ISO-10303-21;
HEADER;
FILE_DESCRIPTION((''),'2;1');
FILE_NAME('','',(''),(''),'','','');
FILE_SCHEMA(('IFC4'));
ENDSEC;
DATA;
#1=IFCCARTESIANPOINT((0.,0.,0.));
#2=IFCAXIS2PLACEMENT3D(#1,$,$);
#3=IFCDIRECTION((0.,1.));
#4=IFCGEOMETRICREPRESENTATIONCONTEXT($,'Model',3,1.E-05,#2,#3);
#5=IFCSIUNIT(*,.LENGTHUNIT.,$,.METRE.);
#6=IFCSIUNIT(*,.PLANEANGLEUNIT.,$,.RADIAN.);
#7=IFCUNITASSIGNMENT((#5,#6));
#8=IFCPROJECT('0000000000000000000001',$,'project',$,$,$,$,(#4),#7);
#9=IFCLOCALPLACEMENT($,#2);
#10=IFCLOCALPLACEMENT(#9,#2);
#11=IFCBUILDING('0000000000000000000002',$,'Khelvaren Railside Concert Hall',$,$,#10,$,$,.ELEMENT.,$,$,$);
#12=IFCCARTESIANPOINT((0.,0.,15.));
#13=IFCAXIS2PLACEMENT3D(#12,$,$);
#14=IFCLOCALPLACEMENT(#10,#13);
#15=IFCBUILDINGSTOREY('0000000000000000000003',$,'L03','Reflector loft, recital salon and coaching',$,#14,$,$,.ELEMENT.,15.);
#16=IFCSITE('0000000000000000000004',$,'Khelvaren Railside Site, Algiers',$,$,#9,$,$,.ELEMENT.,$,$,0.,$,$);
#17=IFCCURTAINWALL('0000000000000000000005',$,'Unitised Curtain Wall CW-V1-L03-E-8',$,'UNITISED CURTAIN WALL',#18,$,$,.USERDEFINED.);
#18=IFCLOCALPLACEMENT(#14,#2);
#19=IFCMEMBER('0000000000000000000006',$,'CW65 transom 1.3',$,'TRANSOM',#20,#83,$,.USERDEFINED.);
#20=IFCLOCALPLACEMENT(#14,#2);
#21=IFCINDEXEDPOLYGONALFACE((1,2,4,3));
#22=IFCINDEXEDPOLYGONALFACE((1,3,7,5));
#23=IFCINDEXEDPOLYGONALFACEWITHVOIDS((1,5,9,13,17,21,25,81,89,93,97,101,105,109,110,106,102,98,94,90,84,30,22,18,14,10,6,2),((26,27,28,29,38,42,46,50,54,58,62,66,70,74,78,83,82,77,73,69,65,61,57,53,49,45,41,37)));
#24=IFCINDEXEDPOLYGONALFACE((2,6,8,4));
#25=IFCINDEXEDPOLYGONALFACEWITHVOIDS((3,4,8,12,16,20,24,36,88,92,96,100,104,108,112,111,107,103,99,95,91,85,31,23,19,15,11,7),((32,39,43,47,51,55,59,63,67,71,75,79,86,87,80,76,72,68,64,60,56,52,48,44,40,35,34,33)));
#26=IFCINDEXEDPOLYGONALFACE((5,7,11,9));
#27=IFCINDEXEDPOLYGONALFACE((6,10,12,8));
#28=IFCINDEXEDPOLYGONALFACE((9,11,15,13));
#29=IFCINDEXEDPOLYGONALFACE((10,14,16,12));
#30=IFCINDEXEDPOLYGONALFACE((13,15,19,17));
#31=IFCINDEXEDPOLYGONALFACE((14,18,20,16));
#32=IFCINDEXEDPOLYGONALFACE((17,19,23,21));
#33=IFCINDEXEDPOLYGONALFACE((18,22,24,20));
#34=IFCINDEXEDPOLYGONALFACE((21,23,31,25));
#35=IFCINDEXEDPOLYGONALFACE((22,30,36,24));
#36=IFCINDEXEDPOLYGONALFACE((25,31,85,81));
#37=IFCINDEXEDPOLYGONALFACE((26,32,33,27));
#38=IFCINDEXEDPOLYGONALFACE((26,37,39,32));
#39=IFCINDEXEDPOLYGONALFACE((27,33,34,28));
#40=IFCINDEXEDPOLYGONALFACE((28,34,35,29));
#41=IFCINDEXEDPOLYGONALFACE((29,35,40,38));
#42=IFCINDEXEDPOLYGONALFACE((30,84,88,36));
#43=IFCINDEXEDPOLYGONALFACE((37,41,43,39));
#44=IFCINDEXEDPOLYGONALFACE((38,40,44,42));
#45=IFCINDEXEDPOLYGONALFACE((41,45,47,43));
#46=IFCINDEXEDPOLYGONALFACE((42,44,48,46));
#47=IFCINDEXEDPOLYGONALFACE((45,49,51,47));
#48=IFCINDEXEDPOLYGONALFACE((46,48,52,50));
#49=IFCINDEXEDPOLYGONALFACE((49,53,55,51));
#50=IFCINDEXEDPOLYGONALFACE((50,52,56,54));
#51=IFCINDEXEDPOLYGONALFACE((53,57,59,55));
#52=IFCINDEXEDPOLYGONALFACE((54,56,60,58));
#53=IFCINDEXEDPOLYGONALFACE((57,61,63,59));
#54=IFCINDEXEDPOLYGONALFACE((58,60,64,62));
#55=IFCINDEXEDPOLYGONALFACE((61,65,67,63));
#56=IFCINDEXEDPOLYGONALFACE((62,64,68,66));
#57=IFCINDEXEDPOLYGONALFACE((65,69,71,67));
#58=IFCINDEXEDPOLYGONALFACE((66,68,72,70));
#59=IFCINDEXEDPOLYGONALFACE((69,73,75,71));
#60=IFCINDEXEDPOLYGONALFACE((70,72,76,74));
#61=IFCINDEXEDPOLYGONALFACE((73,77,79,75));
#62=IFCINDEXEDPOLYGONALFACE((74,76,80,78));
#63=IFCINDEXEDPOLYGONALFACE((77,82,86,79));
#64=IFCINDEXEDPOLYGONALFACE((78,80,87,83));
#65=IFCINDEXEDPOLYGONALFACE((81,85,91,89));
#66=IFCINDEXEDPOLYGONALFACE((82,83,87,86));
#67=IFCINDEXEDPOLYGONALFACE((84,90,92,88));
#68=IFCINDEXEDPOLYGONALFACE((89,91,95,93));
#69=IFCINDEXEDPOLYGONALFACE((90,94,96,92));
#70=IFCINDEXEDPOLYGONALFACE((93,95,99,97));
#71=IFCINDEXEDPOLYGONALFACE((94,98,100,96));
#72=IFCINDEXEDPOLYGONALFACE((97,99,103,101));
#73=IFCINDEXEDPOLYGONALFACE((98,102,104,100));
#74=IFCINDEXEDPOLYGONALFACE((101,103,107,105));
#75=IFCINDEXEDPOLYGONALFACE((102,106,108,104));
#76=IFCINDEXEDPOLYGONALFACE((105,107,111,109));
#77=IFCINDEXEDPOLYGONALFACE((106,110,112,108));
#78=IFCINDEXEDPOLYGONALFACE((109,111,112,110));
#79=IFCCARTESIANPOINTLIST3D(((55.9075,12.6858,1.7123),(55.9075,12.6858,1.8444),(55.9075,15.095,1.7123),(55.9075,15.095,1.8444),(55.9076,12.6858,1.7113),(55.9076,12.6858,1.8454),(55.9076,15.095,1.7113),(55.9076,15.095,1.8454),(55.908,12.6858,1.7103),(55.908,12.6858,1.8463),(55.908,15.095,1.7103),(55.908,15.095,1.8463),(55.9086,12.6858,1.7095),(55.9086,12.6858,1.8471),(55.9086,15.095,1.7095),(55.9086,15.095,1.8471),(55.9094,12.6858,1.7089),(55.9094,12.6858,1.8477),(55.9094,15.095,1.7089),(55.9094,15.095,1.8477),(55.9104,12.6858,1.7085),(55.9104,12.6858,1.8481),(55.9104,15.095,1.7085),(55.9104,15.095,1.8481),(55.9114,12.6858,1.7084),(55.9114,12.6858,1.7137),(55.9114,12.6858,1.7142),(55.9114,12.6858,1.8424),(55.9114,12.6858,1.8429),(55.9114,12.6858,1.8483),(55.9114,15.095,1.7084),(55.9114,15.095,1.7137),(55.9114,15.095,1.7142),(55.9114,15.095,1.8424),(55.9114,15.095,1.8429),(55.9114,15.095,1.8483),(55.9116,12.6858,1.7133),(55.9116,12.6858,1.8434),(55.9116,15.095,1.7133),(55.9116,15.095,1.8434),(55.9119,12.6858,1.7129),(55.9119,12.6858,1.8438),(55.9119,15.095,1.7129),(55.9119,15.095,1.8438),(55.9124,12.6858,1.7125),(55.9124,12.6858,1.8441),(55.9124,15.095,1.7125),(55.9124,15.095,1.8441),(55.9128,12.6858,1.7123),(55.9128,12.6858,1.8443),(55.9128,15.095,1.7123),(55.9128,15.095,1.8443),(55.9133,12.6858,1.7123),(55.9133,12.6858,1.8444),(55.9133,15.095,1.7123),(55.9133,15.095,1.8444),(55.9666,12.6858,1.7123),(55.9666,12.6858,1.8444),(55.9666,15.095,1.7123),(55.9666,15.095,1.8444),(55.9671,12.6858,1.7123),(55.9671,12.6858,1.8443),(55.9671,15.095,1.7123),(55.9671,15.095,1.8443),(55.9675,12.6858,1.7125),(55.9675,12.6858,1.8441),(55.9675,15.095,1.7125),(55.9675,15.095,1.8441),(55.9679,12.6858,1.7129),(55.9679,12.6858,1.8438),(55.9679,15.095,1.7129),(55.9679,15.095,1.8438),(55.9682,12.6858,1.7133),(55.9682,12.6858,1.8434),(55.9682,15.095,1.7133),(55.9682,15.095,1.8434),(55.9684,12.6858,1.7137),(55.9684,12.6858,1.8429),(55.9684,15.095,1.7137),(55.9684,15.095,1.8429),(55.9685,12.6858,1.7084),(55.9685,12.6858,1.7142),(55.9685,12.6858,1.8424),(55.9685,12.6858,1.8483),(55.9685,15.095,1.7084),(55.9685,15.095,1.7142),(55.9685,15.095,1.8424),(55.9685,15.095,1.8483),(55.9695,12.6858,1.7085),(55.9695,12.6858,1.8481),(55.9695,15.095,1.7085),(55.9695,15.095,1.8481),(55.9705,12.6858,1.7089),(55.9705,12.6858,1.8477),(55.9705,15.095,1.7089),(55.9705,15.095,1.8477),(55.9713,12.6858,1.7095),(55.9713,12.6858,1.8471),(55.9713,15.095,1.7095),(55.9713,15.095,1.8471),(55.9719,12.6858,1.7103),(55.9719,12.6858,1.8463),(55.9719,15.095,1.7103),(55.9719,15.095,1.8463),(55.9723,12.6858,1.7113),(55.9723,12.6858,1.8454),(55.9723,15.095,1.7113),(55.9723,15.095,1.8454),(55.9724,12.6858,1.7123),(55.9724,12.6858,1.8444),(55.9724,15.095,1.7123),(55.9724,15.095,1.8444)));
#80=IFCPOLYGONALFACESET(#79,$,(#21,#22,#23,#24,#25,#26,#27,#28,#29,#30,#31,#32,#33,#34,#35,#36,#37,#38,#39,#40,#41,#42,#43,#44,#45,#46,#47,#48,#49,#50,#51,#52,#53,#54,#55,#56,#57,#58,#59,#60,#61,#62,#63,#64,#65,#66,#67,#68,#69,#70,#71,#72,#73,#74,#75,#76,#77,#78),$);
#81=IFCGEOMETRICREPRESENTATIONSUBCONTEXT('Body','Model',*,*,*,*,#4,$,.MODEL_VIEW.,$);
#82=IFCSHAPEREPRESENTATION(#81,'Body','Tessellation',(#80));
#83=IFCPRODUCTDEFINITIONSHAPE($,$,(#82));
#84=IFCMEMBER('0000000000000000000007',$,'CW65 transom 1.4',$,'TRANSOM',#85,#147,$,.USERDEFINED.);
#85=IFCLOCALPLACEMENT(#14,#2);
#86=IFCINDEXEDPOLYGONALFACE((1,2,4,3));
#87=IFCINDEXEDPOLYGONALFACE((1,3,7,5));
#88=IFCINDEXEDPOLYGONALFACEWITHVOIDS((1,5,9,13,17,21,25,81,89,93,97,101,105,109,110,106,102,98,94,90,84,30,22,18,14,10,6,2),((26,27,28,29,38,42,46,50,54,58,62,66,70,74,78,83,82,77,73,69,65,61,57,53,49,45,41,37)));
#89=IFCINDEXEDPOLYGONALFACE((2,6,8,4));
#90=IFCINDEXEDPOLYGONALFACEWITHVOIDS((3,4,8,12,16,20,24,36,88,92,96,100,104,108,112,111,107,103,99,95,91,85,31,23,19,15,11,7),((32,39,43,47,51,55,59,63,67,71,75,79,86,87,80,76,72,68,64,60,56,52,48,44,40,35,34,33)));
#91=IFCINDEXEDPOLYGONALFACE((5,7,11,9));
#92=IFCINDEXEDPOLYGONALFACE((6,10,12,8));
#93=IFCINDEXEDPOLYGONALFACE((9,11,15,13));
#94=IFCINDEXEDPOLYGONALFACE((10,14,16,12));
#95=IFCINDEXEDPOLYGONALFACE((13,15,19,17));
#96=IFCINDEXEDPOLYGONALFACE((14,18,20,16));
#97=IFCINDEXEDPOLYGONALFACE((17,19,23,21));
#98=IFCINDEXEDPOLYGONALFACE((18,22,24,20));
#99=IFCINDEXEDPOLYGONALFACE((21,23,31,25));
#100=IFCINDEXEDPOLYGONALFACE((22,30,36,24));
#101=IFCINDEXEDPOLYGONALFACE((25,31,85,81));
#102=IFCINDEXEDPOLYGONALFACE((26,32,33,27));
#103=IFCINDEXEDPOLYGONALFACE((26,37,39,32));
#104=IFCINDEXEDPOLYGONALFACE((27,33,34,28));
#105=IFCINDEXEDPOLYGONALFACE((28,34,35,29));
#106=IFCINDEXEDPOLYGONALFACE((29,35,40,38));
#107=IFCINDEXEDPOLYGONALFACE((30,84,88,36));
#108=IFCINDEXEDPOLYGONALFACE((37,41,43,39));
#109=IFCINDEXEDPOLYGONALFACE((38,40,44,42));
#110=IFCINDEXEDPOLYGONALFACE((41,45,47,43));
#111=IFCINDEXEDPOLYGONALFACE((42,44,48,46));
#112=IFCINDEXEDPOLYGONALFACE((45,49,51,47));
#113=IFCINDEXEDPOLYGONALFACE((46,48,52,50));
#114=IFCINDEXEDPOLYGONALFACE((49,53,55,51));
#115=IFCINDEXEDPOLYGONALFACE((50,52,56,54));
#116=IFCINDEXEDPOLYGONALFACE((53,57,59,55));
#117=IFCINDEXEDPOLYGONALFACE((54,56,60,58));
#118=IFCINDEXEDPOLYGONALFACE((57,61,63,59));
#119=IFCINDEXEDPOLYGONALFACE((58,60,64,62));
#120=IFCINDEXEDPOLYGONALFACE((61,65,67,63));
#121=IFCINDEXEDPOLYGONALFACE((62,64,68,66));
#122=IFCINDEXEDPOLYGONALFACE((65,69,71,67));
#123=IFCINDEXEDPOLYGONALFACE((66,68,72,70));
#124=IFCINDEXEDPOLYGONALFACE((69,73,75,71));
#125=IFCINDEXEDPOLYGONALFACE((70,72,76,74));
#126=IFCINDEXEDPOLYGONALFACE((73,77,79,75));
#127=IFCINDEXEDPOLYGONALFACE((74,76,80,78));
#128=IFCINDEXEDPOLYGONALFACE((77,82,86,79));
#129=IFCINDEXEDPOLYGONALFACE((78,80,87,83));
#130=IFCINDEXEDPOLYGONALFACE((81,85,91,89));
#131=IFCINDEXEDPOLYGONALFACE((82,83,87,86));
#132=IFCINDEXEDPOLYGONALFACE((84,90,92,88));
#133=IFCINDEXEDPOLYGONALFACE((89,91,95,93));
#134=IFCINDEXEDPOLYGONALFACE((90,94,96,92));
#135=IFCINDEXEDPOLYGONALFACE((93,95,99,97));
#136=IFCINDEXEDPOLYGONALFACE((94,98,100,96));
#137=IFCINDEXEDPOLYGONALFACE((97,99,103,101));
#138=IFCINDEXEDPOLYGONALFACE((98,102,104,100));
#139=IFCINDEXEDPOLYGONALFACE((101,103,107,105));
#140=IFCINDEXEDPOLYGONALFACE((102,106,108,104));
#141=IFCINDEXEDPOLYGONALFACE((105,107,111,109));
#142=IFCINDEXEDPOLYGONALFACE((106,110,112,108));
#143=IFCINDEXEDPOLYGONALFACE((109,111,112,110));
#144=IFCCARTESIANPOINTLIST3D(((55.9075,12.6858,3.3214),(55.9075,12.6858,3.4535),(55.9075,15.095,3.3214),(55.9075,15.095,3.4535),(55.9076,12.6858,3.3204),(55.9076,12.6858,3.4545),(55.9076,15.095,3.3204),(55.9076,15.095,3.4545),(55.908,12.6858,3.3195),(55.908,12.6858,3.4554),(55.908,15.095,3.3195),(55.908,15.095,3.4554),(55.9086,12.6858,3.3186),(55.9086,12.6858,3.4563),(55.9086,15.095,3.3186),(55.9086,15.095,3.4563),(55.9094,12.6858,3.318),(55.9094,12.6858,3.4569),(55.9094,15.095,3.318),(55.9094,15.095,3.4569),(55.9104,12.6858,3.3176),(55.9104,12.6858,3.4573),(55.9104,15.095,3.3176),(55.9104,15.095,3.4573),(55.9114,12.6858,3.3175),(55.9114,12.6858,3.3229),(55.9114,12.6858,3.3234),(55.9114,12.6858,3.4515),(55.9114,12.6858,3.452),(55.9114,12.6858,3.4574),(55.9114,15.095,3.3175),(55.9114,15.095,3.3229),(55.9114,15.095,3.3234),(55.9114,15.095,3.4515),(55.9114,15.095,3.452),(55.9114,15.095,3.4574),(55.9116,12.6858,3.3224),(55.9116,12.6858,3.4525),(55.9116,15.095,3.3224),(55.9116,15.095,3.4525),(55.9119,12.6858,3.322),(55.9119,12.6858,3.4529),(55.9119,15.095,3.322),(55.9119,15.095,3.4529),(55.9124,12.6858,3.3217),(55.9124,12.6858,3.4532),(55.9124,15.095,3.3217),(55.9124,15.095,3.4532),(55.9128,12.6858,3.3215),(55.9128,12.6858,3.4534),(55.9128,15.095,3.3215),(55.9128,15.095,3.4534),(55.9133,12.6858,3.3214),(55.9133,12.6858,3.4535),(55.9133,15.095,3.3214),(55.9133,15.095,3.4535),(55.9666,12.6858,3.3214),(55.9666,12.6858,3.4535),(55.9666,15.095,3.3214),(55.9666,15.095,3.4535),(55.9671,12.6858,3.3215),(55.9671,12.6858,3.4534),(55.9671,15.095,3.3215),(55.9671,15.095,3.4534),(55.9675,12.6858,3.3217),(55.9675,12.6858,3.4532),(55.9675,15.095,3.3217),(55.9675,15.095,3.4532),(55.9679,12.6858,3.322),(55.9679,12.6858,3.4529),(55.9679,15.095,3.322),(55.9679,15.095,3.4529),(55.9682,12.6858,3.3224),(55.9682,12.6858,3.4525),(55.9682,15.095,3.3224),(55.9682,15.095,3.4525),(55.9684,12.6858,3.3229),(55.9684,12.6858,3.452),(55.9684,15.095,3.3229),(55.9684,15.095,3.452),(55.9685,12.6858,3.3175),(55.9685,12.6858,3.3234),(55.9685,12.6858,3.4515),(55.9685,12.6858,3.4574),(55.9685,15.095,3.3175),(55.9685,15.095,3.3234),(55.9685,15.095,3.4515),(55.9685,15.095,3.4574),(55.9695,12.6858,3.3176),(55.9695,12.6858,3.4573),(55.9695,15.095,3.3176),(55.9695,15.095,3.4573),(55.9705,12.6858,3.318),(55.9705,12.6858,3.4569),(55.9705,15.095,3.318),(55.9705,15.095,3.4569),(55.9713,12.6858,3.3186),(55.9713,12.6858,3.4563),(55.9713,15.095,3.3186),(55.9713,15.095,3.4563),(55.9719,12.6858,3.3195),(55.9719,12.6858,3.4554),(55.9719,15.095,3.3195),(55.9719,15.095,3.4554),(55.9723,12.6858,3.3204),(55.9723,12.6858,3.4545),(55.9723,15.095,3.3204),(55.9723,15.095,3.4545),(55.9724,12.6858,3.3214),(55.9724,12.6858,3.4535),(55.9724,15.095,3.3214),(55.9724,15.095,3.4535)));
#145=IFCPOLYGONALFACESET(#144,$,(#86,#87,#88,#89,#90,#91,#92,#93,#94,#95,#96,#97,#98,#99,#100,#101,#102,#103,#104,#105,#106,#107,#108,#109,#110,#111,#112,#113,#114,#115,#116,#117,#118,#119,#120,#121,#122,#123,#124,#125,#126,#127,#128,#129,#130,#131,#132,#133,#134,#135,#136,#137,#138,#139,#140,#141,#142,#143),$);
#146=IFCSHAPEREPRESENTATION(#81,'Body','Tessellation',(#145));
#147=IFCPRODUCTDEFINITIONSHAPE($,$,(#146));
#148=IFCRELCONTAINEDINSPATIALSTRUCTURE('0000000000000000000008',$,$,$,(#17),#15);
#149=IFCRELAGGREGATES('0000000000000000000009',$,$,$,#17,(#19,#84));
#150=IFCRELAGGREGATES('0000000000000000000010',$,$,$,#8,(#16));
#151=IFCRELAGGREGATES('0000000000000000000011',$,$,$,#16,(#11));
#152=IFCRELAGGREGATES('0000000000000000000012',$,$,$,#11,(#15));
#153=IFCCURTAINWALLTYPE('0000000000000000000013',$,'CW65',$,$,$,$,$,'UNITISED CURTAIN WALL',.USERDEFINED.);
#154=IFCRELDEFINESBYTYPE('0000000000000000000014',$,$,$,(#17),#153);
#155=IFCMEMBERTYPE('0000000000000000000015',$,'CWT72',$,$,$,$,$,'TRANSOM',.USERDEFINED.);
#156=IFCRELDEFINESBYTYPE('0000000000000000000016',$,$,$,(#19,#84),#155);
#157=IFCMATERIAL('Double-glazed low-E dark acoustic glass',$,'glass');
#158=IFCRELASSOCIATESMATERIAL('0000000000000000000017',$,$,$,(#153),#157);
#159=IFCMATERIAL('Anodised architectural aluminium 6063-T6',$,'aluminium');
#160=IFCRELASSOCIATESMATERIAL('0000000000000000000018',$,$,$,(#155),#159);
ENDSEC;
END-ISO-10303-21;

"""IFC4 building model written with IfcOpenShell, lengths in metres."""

from ifc_helpers import new_model, si_unit, direction, frame, origin, origin_2d, place, context, subcontext, project, spatial, hollow_rectangle, extrude, material, material_profile, profile_set, type_object, element, aggregate, save


model = new_model("IFC4")

# Units and contexts
model_context = context("Model", 3, precision=1e-05, world=origin(), true_north=direction((0.0, 1.0)))
body_context = subcontext(model_context, "Body", "Model", "MODEL_VIEW")
ifc_project = project(units=[si_unit("LENGTHUNIT", "METRE"), si_unit("PLANEANGLEUNIT", "RADIAN")], contexts=[model_context])

# Site, building, storey
site_placement = place(None, origin())
site = spatial("IfcSite", under=ifc_project, at=site_placement, Name="Khelvaren Railside Site, Algiers", CompositionType="ELEMENT", RefElevation=0.0)
building_placement = place(site_placement, origin())
building = spatial("IfcBuilding", under=site, at=building_placement, Name="Khelvaren Railside Concert Hall", CompositionType="ELEMENT")
storey_placement = place(building_placement, frame((0.0, 0.0, 15.0)))
storey = spatial("IfcBuildingStorey", under=building, at=storey_placement, Name="L03", Description="Reflector loft, recital salon and coaching", CompositionType="ELEMENT", Elevation=15.0)

# Curtain wall, members
ifc_material_1 = material(Name="Double-glazed low-E dark acoustic glass", Category="glass")
curtain_wall_type = type_object("IfcCurtainWallType", Name="CW65", ElementType="UNITISED CURTAIN WALL", PredefinedType="USERDEFINED", material=ifc_material_1)
curtain_wall_placement = place(storey_placement, origin())
curtain_wall = element("IfcCurtainWall", 1, at=curtain_wall_placement, inside=storey, type_object=curtain_wall_type, Name="Unitised Curtain Wall CW-V1-L03-E-8", ObjectType="UNITISED CURTAIN WALL", PredefinedType="USERDEFINED")
ifc_material_2 = material(Name="Anodised architectural aluminium 6063-T6", Category="aluminium")
ifc_material_profile_1 = material_profile(ifc_material_2, hollow_rectangle(XDim=0.0649, YDim=0.1399, WallThickness=0.0039, InnerFilletRadius=0.002, OuterFilletRadius=0.0039, at=origin_2d()), Name="CWT 65x140x4")
ifc_profile_set_1 = profile_set([ifc_material_profile_1], Name="Anodised architectural aluminium 6063-T6")
member_type_1 = type_object("IfcMemberType", Name="CWT72", ElementType="TRANSOM", PredefinedType="USERDEFINED", material=ifc_profile_set_1)
member_1_placement = place(storey_placement, frame((55.9399, 15.095, 1.7783), z_axis=(0.0, -1.0, 0.0), x_axis=(1.0, 0.0, 0.0)))
member_1 = element("IfcMember", 2, at=member_1_placement, type_object=member_type_1, Name="CW65 transom 1.3", ObjectType="TRANSOM", PredefinedType="USERDEFINED", context=body_context, shape_type="SweptSolid", body=[
    extrude(hollow_rectangle(XDim=0.0649, YDim=0.1399, WallThickness=0.0039, InnerFilletRadius=0.002, OuterFilletRadius=0.0039, at=origin_2d()), origin(), (0.0, 0.0, 1.0), 2.4092),
])
member_2_placement = place(storey_placement, frame((55.9399, 15.095, 3.3875), z_axis=(0.0, -1.0, 0.0), x_axis=(1.0, 0.0, 0.0)))
member_2 = element("IfcMember", 3, at=member_2_placement, type_object=member_type_1, Name="CW65 transom 1.4", ObjectType="TRANSOM", PredefinedType="USERDEFINED", context=body_context, shape_type="SweptSolid", body=[
    extrude(hollow_rectangle(XDim=0.0649, YDim=0.1399, WallThickness=0.0039, InnerFilletRadius=0.002, OuterFilletRadius=0.0039, at=origin_2d()), origin(), (0.0, 0.0, 1.0), 2.4092),
])

aggregate(curtain_wall, [member_1, member_2])

save(model, "model.ifc")
